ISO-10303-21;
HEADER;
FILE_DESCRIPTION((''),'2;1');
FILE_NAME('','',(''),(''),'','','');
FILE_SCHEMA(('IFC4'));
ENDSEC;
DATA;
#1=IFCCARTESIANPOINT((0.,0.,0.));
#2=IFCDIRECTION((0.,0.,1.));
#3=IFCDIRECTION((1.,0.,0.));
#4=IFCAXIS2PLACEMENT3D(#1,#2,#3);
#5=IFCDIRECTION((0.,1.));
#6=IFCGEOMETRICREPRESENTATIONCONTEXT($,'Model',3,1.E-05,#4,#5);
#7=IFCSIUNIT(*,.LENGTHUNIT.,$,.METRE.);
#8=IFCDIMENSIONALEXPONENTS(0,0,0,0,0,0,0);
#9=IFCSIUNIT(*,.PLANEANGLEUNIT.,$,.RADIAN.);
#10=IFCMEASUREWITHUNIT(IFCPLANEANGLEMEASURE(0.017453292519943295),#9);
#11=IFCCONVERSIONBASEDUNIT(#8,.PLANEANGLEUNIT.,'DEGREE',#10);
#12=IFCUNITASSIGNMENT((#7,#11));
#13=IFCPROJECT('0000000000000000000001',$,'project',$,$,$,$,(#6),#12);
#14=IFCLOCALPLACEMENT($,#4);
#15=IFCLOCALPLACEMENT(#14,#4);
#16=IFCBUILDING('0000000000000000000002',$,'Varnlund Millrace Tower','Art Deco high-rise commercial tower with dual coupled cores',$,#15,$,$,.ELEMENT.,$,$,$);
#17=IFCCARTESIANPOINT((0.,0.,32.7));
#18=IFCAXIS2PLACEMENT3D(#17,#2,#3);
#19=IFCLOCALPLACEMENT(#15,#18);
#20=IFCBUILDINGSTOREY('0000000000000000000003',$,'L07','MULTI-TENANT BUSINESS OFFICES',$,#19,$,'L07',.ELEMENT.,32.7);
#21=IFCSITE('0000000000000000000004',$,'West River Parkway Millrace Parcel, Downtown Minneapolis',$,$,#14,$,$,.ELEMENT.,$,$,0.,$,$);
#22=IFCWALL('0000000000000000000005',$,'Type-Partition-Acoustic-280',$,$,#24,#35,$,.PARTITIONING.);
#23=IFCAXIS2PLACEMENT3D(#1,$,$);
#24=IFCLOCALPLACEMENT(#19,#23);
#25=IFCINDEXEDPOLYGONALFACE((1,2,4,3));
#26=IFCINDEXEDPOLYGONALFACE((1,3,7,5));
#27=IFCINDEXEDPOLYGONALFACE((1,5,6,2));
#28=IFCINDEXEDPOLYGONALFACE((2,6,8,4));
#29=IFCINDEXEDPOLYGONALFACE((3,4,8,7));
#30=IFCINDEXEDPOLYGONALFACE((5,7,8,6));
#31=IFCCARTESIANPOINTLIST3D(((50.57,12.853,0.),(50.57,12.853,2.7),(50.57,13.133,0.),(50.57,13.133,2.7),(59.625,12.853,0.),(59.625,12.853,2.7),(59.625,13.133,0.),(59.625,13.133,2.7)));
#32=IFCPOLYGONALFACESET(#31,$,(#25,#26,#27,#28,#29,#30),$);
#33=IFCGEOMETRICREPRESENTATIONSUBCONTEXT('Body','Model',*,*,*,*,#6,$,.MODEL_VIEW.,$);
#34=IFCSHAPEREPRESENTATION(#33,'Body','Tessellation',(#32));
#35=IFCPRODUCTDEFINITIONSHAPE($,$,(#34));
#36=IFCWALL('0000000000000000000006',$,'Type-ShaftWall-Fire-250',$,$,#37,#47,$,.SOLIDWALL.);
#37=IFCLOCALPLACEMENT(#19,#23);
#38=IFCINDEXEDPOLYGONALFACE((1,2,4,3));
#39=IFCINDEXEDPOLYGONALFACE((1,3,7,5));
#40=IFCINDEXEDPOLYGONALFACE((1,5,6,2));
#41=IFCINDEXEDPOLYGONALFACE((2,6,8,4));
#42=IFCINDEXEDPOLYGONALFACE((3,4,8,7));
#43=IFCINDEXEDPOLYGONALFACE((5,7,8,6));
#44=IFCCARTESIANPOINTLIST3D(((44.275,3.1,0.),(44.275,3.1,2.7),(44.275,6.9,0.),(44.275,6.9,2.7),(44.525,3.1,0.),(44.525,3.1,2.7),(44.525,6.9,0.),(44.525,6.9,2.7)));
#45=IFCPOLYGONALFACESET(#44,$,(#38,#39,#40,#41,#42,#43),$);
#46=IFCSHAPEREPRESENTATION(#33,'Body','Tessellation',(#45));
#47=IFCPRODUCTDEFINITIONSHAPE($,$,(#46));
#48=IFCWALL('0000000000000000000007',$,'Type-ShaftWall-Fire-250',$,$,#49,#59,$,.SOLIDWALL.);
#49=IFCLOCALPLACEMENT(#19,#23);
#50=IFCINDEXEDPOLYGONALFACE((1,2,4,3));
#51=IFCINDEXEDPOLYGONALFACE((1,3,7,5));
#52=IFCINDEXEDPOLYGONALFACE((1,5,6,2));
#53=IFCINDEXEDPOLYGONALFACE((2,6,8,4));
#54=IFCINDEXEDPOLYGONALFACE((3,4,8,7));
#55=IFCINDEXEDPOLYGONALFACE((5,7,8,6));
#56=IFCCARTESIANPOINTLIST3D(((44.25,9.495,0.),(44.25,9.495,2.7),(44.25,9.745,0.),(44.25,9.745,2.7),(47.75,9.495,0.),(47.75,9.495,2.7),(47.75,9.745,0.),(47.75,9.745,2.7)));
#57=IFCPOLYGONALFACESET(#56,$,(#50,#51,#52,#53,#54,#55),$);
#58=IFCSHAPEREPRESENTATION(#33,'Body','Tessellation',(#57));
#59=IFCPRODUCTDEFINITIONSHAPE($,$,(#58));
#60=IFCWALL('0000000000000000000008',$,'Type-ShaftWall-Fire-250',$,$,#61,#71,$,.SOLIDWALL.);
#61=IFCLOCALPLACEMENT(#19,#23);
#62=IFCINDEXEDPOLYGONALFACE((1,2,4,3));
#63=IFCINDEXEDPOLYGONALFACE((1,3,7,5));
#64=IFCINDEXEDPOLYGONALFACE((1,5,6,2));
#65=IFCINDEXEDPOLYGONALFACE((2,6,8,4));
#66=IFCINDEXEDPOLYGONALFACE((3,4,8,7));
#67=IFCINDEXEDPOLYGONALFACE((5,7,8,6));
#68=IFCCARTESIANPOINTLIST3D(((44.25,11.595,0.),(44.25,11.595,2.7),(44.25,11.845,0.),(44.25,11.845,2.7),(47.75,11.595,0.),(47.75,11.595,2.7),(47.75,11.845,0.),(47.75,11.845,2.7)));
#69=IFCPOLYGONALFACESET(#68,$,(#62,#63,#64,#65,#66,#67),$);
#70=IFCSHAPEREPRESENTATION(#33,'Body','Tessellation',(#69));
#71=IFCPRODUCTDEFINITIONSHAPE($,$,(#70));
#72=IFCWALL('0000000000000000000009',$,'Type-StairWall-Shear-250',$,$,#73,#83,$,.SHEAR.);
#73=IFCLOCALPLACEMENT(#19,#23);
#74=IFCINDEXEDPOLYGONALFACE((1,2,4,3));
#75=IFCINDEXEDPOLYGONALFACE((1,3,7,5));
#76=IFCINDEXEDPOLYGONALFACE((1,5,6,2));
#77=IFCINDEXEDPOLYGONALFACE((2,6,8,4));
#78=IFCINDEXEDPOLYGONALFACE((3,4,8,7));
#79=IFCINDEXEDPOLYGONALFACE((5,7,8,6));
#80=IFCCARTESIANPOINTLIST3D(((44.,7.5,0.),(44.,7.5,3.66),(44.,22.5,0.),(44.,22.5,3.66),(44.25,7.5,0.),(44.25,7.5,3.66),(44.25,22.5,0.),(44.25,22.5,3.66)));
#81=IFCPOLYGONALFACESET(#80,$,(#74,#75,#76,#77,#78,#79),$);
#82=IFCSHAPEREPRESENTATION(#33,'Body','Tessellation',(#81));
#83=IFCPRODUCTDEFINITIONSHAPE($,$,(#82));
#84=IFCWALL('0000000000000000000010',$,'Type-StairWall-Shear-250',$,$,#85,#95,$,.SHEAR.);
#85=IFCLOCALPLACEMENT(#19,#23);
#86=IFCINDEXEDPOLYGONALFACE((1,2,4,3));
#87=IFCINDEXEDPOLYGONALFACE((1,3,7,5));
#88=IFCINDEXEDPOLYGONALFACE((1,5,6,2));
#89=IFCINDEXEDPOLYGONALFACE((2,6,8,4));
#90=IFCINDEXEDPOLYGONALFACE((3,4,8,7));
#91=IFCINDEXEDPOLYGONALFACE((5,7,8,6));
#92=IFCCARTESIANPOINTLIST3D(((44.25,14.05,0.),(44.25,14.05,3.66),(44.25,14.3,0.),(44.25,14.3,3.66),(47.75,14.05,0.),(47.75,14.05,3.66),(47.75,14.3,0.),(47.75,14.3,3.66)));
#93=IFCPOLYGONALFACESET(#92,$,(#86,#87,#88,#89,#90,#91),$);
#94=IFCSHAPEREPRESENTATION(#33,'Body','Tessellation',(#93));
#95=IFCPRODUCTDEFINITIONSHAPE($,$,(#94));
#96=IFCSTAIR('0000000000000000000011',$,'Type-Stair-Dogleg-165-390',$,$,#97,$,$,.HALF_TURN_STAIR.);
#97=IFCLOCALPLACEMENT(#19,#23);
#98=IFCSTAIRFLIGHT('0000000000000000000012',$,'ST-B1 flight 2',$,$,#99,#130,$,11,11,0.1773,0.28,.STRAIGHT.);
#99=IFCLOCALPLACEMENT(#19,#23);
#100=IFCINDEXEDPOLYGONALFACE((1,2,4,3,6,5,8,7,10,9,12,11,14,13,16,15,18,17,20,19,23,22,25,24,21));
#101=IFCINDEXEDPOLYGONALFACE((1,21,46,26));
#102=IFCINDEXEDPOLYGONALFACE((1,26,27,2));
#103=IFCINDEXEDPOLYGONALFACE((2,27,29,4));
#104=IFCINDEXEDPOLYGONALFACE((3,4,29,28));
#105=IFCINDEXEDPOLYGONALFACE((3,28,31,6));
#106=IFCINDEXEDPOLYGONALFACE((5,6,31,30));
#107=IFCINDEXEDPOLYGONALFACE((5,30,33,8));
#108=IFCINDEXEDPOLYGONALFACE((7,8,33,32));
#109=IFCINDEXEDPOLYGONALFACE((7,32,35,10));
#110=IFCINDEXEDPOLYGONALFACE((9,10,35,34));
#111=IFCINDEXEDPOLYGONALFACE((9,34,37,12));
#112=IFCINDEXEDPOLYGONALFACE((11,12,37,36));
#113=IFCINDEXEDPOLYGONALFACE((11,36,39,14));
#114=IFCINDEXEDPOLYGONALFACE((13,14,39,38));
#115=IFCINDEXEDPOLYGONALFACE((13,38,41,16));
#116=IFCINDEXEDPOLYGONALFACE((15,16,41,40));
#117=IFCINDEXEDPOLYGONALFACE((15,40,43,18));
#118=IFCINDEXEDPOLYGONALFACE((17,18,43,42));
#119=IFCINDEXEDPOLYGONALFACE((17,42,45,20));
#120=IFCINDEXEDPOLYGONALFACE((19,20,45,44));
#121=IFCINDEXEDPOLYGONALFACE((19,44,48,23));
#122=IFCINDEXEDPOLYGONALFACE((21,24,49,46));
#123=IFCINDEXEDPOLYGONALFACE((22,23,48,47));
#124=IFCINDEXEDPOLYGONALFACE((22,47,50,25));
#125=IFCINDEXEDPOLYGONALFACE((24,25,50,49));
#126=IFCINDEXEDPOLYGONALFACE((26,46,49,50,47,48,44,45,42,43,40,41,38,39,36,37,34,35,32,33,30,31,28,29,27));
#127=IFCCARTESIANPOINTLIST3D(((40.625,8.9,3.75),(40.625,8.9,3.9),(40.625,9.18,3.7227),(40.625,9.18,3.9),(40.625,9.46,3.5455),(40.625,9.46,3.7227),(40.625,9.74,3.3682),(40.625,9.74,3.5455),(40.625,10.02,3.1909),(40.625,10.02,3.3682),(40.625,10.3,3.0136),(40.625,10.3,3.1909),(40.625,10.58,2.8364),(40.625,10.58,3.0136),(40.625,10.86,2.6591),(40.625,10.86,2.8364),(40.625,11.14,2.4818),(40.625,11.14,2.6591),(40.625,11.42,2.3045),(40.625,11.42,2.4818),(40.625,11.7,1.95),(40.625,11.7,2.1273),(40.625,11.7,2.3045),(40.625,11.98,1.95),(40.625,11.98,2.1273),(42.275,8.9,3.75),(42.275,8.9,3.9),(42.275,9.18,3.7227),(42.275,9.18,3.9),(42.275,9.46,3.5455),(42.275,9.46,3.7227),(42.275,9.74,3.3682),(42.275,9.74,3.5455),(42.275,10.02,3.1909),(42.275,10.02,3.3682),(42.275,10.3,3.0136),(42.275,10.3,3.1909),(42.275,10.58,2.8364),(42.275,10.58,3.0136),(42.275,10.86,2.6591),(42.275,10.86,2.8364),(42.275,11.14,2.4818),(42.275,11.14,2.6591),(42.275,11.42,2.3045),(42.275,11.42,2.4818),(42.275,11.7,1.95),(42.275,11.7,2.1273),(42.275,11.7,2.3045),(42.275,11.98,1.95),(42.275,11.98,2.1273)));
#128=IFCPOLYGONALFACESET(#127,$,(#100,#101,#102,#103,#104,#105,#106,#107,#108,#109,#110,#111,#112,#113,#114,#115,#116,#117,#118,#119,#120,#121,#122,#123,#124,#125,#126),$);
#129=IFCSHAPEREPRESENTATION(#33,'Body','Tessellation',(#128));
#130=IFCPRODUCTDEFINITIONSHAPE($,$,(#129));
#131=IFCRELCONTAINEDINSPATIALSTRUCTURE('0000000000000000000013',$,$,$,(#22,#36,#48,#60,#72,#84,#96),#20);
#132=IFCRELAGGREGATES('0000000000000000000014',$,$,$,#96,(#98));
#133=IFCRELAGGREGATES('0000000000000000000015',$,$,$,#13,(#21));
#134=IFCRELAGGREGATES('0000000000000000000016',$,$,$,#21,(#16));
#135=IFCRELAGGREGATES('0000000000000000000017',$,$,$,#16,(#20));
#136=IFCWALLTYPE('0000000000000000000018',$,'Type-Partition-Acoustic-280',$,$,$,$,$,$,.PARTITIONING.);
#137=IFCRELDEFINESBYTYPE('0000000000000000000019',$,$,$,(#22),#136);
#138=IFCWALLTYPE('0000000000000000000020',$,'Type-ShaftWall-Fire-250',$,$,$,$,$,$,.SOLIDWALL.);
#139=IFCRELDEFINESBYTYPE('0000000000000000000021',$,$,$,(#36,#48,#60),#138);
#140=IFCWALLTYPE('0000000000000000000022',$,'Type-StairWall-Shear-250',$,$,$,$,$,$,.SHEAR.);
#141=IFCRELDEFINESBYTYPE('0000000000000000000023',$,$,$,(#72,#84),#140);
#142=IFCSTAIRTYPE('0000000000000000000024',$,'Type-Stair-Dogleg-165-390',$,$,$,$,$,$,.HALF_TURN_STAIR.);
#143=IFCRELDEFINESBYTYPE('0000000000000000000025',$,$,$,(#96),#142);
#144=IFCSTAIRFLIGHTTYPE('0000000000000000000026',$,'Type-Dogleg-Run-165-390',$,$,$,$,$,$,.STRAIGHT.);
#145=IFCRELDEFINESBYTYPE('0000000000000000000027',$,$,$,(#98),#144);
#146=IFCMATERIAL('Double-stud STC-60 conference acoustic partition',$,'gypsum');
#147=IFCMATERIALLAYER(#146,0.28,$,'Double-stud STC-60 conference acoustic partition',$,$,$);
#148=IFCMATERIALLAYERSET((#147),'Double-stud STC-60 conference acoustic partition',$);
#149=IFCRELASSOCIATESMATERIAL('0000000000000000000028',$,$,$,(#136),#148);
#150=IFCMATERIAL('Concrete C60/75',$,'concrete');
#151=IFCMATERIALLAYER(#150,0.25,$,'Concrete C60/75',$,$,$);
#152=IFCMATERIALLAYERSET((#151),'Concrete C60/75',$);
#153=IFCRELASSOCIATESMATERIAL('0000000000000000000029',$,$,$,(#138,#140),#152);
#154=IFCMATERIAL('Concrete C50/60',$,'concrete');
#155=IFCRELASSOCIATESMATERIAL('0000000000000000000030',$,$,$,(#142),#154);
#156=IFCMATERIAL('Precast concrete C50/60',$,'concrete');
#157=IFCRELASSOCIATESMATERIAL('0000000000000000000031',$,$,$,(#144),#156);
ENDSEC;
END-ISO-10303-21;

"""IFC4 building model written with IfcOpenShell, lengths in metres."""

from ifc_helpers import new_model, entity, si_unit, converted_unit, direction, frame, origin_with_axes, place, context, subcontext, project, spatial, polyline, outline, extrude, material, layer, layer_set, type_object, element, aggregate, save


model = new_model("IFC4")

# Units and contexts
model_context = context("Model", 3, precision=1e-05, world=origin_with_axes(), true_north=direction((0.0, 1.0)))
body_context = subcontext(model_context, "Body", "Model", "MODEL_VIEW")
ifc_project = project(units=[si_unit("LENGTHUNIT", "METRE"), converted_unit("PLANEANGLEUNIT", "DEGREE", entity("IfcPlaneAngleMeasure", 0.017453292519943295), si_unit("PLANEANGLEUNIT", "RADIAN"), dimensions=[0, 0, 0, 0, 0, 0, 0])], contexts=[model_context])

# Site, building, storey
site_placement = place(None, origin_with_axes())
site = spatial("IfcSite", under=ifc_project, at=site_placement, Name="West River Parkway Millrace Parcel, Downtown Minneapolis", CompositionType="ELEMENT", RefElevation=0.0)
building_placement = place(site_placement, origin_with_axes())
building = spatial("IfcBuilding", under=site, at=building_placement, Name="Varnlund Millrace Tower", Description="Art Deco high-rise commercial tower with dual coupled cores", CompositionType="ELEMENT")
storey_placement = place(building_placement, frame((0.0, 0.0, 32.7), z_axis=(0.0, 0.0, 1.0), x_axis=(1.0, 0.0, 0.0)))
storey = spatial("IfcBuildingStorey", under=building, at=storey_placement, Name="L07", Description="MULTI-TENANT BUSINESS OFFICES", LongName="L07", CompositionType="ELEMENT", Elevation=32.7)

# Wall
ifc_material_1 = material(Name="Double-stud STC-60 conference acoustic partition", Category="gypsum")
ifc_layer_1 = layer(ifc_material_1, 0.28, Name="Double-stud STC-60 conference acoustic partition")
ifc_layer_set_1 = layer_set([ifc_layer_1], Name="Double-stud STC-60 conference acoustic partition")
wall_type_1 = type_object("IfcWallType", Name="Type-Partition-Acoustic-280", PredefinedType="PARTITIONING", material=ifc_layer_set_1)
wall_1_placement = place(storey_placement, frame((50.57, 12.993, 0.0), z_axis=(0.0, 0.0, 1.0), x_axis=(1.0, 0.0, 0.0)))
element("IfcWall", 1, at=wall_1_placement, inside=storey, type_object=wall_type_1, Name="Type-Partition-Acoustic-280", PredefinedType="PARTITIONING", context=body_context, shape_type="SweptSolid", body=[
    extrude(outline(polyline([(0.0, -0.14), (9.055, -0.14), (9.055, 0.14), (0.0, 0.14), (0.0, -0.14)])), origin_with_axes(), (0.0, 0.0, 1.0), 2.7),
])

# Walls
ifc_material_2 = material(Name="Concrete C60/75", Category="concrete")
ifc_layer_2 = layer(ifc_material_2, 0.25, Name="Concrete C60/75")
ifc_layer_set_2 = layer_set([ifc_layer_2], Name="Concrete C60/75")
wall_type_2 = type_object("IfcWallType", Name="Type-ShaftWall-Fire-250", PredefinedType="SOLIDWALL", material=ifc_layer_set_2)
wall_2_placement = place(storey_placement, frame((44.4, 3.1, 0.0), z_axis=(0.0, 0.0, 1.0), x_axis=(0.0, 1.0, 0.0)))
element("IfcWall", 2, at=wall_2_placement, inside=storey, type_object=wall_type_2, Name="Type-ShaftWall-Fire-250", PredefinedType="SOLIDWALL", context=body_context, shape_type="SweptSolid", body=[
    extrude(outline(polyline([(0.0, -0.125), (3.8, -0.125), (3.8, 0.125), (0.0, 0.125), (0.0, -0.125)])), origin_with_axes(), (0.0, 0.0, 1.0), 2.7),
])
for number, where, z_axis, x_axis, name in (
    (3, (44.25, 9.62, 0.0), (0.0, 0.0, 1.0), (1.0, 0.0, 0.0), "Type-ShaftWall-Fire-250"),
    (4, (44.25, 11.72, 0.0), (0.0, 0.0, 1.0), (1.0, 0.0, 0.0), "Type-ShaftWall-Fire-250"),
):
    element("IfcWall", number, at=place(storey_placement, frame(where, z_axis=z_axis, x_axis=x_axis)), inside=storey, type_object=wall_type_2, Name=name, PredefinedType="SOLIDWALL", context=body_context, shape_type="SweptSolid", body=[
        extrude(outline(polyline([(0.0, -0.125), (3.5, -0.125), (3.5, 0.125), (0.0, 0.125), (0.0, -0.125)])), origin_with_axes(), (0.0, 0.0, 1.0), 2.7),
    ])
wall_type_3 = type_object("IfcWallType", Name="Type-StairWall-Shear-250", PredefinedType="SHEAR", material=ifc_layer_set_2)
wall_3_placement = place(storey_placement, frame((44.125, 7.5, 0.0), z_axis=(0.0, 0.0, 1.0), x_axis=(0.0, 1.0, 0.0)))
element("IfcWall", 5, at=wall_3_placement, inside=storey, type_object=wall_type_3, Name="Type-StairWall-Shear-250", PredefinedType="SHEAR", context=body_context, shape_type="SweptSolid", body=[
    extrude(outline(polyline([(0.0, -0.125), (15.0, -0.125), (15.0, 0.125), (0.0, 0.125), (0.0, -0.125)])), origin_with_axes(), (0.0, 0.0, 1.0), 3.66),
])
wall_4_placement = place(storey_placement, frame((44.25, 14.175, 0.0), z_axis=(0.0, 0.0, 1.0), x_axis=(1.0, 0.0, 0.0)))
element("IfcWall", 6, at=wall_4_placement, inside=storey, type_object=wall_type_3, Name="Type-StairWall-Shear-250", PredefinedType="SHEAR", context=body_context, shape_type="SweptSolid", body=[
    extrude(outline(polyline([(0.0, -0.125), (3.5, -0.125), (3.5, 0.125), (0.0, 0.125), (0.0, -0.125)])), origin_with_axes(), (0.0, 0.0, 1.0), 3.66),
])

# Stair, stair flight
ifc_material_3 = material(Name="Concrete C50/60", Category="concrete")
stair_type = type_object("IfcStairType", Name="Type-Stair-Dogleg-165-390", PredefinedType="HALF_TURN_STAIR", material=ifc_material_3)
stair_placement = place(storey_placement, origin_with_axes())
stair = element("IfcStair", 7, at=stair_placement, inside=storey, type_object=stair_type, Name="Type-Stair-Dogleg-165-390", PredefinedType="HALF_TURN_STAIR")
ifc_material_4 = material(Name="Precast concrete C50/60", Category="concrete")
stair_flight_type = type_object("IfcStairFlightType", Name="Type-Dogleg-Run-165-390", PredefinedType="STRAIGHT", material=ifc_material_4)
stair_flight_placement = place(storey_placement, frame((42.275, 11.98, 1.95), z_axis=(-1.0, 0.0, 0.0), x_axis=(0.0, -1.0, 0.0)))
stair_flight = element("IfcStairFlight", 8, at=stair_flight_placement, type_object=stair_flight_type, Name="ST-B1 flight 2", NumberOfRisers=11, NumberOfTreads=11, PredefinedType="STRAIGHT", RiserHeight=0.1773, TreadLength=0.28, context=body_context, shape_type="SweptSolid", body=[
    extrude(outline(polyline([(0.0, 0.0), (0.0, 0.1773), (0.28, 0.1773), (0.28, 0.3545), (0.56, 0.3545), (0.56, 0.5318), (0.84, 0.5318), (0.84, 0.7091), (1.12, 0.7091), (1.12, 0.8864), (1.4, 0.8864), (1.4, 1.0636), (1.68, 1.0636), (1.68, 1.2409), (1.96, 1.2409), (1.96, 1.4182), (2.24, 1.4182), (2.24, 1.5955), (2.52, 1.5955), (2.52, 1.7727), (2.8, 1.7727), (2.8, 1.95), (3.08, 1.95), (3.08, 1.8), (0.28, 0.0), (0.0, 0.0)])), origin_with_axes(), (0.0, 0.0, 1.0), 1.65),
])
aggregate(stair, [stair_flight])

save(model, "model.ifc")
